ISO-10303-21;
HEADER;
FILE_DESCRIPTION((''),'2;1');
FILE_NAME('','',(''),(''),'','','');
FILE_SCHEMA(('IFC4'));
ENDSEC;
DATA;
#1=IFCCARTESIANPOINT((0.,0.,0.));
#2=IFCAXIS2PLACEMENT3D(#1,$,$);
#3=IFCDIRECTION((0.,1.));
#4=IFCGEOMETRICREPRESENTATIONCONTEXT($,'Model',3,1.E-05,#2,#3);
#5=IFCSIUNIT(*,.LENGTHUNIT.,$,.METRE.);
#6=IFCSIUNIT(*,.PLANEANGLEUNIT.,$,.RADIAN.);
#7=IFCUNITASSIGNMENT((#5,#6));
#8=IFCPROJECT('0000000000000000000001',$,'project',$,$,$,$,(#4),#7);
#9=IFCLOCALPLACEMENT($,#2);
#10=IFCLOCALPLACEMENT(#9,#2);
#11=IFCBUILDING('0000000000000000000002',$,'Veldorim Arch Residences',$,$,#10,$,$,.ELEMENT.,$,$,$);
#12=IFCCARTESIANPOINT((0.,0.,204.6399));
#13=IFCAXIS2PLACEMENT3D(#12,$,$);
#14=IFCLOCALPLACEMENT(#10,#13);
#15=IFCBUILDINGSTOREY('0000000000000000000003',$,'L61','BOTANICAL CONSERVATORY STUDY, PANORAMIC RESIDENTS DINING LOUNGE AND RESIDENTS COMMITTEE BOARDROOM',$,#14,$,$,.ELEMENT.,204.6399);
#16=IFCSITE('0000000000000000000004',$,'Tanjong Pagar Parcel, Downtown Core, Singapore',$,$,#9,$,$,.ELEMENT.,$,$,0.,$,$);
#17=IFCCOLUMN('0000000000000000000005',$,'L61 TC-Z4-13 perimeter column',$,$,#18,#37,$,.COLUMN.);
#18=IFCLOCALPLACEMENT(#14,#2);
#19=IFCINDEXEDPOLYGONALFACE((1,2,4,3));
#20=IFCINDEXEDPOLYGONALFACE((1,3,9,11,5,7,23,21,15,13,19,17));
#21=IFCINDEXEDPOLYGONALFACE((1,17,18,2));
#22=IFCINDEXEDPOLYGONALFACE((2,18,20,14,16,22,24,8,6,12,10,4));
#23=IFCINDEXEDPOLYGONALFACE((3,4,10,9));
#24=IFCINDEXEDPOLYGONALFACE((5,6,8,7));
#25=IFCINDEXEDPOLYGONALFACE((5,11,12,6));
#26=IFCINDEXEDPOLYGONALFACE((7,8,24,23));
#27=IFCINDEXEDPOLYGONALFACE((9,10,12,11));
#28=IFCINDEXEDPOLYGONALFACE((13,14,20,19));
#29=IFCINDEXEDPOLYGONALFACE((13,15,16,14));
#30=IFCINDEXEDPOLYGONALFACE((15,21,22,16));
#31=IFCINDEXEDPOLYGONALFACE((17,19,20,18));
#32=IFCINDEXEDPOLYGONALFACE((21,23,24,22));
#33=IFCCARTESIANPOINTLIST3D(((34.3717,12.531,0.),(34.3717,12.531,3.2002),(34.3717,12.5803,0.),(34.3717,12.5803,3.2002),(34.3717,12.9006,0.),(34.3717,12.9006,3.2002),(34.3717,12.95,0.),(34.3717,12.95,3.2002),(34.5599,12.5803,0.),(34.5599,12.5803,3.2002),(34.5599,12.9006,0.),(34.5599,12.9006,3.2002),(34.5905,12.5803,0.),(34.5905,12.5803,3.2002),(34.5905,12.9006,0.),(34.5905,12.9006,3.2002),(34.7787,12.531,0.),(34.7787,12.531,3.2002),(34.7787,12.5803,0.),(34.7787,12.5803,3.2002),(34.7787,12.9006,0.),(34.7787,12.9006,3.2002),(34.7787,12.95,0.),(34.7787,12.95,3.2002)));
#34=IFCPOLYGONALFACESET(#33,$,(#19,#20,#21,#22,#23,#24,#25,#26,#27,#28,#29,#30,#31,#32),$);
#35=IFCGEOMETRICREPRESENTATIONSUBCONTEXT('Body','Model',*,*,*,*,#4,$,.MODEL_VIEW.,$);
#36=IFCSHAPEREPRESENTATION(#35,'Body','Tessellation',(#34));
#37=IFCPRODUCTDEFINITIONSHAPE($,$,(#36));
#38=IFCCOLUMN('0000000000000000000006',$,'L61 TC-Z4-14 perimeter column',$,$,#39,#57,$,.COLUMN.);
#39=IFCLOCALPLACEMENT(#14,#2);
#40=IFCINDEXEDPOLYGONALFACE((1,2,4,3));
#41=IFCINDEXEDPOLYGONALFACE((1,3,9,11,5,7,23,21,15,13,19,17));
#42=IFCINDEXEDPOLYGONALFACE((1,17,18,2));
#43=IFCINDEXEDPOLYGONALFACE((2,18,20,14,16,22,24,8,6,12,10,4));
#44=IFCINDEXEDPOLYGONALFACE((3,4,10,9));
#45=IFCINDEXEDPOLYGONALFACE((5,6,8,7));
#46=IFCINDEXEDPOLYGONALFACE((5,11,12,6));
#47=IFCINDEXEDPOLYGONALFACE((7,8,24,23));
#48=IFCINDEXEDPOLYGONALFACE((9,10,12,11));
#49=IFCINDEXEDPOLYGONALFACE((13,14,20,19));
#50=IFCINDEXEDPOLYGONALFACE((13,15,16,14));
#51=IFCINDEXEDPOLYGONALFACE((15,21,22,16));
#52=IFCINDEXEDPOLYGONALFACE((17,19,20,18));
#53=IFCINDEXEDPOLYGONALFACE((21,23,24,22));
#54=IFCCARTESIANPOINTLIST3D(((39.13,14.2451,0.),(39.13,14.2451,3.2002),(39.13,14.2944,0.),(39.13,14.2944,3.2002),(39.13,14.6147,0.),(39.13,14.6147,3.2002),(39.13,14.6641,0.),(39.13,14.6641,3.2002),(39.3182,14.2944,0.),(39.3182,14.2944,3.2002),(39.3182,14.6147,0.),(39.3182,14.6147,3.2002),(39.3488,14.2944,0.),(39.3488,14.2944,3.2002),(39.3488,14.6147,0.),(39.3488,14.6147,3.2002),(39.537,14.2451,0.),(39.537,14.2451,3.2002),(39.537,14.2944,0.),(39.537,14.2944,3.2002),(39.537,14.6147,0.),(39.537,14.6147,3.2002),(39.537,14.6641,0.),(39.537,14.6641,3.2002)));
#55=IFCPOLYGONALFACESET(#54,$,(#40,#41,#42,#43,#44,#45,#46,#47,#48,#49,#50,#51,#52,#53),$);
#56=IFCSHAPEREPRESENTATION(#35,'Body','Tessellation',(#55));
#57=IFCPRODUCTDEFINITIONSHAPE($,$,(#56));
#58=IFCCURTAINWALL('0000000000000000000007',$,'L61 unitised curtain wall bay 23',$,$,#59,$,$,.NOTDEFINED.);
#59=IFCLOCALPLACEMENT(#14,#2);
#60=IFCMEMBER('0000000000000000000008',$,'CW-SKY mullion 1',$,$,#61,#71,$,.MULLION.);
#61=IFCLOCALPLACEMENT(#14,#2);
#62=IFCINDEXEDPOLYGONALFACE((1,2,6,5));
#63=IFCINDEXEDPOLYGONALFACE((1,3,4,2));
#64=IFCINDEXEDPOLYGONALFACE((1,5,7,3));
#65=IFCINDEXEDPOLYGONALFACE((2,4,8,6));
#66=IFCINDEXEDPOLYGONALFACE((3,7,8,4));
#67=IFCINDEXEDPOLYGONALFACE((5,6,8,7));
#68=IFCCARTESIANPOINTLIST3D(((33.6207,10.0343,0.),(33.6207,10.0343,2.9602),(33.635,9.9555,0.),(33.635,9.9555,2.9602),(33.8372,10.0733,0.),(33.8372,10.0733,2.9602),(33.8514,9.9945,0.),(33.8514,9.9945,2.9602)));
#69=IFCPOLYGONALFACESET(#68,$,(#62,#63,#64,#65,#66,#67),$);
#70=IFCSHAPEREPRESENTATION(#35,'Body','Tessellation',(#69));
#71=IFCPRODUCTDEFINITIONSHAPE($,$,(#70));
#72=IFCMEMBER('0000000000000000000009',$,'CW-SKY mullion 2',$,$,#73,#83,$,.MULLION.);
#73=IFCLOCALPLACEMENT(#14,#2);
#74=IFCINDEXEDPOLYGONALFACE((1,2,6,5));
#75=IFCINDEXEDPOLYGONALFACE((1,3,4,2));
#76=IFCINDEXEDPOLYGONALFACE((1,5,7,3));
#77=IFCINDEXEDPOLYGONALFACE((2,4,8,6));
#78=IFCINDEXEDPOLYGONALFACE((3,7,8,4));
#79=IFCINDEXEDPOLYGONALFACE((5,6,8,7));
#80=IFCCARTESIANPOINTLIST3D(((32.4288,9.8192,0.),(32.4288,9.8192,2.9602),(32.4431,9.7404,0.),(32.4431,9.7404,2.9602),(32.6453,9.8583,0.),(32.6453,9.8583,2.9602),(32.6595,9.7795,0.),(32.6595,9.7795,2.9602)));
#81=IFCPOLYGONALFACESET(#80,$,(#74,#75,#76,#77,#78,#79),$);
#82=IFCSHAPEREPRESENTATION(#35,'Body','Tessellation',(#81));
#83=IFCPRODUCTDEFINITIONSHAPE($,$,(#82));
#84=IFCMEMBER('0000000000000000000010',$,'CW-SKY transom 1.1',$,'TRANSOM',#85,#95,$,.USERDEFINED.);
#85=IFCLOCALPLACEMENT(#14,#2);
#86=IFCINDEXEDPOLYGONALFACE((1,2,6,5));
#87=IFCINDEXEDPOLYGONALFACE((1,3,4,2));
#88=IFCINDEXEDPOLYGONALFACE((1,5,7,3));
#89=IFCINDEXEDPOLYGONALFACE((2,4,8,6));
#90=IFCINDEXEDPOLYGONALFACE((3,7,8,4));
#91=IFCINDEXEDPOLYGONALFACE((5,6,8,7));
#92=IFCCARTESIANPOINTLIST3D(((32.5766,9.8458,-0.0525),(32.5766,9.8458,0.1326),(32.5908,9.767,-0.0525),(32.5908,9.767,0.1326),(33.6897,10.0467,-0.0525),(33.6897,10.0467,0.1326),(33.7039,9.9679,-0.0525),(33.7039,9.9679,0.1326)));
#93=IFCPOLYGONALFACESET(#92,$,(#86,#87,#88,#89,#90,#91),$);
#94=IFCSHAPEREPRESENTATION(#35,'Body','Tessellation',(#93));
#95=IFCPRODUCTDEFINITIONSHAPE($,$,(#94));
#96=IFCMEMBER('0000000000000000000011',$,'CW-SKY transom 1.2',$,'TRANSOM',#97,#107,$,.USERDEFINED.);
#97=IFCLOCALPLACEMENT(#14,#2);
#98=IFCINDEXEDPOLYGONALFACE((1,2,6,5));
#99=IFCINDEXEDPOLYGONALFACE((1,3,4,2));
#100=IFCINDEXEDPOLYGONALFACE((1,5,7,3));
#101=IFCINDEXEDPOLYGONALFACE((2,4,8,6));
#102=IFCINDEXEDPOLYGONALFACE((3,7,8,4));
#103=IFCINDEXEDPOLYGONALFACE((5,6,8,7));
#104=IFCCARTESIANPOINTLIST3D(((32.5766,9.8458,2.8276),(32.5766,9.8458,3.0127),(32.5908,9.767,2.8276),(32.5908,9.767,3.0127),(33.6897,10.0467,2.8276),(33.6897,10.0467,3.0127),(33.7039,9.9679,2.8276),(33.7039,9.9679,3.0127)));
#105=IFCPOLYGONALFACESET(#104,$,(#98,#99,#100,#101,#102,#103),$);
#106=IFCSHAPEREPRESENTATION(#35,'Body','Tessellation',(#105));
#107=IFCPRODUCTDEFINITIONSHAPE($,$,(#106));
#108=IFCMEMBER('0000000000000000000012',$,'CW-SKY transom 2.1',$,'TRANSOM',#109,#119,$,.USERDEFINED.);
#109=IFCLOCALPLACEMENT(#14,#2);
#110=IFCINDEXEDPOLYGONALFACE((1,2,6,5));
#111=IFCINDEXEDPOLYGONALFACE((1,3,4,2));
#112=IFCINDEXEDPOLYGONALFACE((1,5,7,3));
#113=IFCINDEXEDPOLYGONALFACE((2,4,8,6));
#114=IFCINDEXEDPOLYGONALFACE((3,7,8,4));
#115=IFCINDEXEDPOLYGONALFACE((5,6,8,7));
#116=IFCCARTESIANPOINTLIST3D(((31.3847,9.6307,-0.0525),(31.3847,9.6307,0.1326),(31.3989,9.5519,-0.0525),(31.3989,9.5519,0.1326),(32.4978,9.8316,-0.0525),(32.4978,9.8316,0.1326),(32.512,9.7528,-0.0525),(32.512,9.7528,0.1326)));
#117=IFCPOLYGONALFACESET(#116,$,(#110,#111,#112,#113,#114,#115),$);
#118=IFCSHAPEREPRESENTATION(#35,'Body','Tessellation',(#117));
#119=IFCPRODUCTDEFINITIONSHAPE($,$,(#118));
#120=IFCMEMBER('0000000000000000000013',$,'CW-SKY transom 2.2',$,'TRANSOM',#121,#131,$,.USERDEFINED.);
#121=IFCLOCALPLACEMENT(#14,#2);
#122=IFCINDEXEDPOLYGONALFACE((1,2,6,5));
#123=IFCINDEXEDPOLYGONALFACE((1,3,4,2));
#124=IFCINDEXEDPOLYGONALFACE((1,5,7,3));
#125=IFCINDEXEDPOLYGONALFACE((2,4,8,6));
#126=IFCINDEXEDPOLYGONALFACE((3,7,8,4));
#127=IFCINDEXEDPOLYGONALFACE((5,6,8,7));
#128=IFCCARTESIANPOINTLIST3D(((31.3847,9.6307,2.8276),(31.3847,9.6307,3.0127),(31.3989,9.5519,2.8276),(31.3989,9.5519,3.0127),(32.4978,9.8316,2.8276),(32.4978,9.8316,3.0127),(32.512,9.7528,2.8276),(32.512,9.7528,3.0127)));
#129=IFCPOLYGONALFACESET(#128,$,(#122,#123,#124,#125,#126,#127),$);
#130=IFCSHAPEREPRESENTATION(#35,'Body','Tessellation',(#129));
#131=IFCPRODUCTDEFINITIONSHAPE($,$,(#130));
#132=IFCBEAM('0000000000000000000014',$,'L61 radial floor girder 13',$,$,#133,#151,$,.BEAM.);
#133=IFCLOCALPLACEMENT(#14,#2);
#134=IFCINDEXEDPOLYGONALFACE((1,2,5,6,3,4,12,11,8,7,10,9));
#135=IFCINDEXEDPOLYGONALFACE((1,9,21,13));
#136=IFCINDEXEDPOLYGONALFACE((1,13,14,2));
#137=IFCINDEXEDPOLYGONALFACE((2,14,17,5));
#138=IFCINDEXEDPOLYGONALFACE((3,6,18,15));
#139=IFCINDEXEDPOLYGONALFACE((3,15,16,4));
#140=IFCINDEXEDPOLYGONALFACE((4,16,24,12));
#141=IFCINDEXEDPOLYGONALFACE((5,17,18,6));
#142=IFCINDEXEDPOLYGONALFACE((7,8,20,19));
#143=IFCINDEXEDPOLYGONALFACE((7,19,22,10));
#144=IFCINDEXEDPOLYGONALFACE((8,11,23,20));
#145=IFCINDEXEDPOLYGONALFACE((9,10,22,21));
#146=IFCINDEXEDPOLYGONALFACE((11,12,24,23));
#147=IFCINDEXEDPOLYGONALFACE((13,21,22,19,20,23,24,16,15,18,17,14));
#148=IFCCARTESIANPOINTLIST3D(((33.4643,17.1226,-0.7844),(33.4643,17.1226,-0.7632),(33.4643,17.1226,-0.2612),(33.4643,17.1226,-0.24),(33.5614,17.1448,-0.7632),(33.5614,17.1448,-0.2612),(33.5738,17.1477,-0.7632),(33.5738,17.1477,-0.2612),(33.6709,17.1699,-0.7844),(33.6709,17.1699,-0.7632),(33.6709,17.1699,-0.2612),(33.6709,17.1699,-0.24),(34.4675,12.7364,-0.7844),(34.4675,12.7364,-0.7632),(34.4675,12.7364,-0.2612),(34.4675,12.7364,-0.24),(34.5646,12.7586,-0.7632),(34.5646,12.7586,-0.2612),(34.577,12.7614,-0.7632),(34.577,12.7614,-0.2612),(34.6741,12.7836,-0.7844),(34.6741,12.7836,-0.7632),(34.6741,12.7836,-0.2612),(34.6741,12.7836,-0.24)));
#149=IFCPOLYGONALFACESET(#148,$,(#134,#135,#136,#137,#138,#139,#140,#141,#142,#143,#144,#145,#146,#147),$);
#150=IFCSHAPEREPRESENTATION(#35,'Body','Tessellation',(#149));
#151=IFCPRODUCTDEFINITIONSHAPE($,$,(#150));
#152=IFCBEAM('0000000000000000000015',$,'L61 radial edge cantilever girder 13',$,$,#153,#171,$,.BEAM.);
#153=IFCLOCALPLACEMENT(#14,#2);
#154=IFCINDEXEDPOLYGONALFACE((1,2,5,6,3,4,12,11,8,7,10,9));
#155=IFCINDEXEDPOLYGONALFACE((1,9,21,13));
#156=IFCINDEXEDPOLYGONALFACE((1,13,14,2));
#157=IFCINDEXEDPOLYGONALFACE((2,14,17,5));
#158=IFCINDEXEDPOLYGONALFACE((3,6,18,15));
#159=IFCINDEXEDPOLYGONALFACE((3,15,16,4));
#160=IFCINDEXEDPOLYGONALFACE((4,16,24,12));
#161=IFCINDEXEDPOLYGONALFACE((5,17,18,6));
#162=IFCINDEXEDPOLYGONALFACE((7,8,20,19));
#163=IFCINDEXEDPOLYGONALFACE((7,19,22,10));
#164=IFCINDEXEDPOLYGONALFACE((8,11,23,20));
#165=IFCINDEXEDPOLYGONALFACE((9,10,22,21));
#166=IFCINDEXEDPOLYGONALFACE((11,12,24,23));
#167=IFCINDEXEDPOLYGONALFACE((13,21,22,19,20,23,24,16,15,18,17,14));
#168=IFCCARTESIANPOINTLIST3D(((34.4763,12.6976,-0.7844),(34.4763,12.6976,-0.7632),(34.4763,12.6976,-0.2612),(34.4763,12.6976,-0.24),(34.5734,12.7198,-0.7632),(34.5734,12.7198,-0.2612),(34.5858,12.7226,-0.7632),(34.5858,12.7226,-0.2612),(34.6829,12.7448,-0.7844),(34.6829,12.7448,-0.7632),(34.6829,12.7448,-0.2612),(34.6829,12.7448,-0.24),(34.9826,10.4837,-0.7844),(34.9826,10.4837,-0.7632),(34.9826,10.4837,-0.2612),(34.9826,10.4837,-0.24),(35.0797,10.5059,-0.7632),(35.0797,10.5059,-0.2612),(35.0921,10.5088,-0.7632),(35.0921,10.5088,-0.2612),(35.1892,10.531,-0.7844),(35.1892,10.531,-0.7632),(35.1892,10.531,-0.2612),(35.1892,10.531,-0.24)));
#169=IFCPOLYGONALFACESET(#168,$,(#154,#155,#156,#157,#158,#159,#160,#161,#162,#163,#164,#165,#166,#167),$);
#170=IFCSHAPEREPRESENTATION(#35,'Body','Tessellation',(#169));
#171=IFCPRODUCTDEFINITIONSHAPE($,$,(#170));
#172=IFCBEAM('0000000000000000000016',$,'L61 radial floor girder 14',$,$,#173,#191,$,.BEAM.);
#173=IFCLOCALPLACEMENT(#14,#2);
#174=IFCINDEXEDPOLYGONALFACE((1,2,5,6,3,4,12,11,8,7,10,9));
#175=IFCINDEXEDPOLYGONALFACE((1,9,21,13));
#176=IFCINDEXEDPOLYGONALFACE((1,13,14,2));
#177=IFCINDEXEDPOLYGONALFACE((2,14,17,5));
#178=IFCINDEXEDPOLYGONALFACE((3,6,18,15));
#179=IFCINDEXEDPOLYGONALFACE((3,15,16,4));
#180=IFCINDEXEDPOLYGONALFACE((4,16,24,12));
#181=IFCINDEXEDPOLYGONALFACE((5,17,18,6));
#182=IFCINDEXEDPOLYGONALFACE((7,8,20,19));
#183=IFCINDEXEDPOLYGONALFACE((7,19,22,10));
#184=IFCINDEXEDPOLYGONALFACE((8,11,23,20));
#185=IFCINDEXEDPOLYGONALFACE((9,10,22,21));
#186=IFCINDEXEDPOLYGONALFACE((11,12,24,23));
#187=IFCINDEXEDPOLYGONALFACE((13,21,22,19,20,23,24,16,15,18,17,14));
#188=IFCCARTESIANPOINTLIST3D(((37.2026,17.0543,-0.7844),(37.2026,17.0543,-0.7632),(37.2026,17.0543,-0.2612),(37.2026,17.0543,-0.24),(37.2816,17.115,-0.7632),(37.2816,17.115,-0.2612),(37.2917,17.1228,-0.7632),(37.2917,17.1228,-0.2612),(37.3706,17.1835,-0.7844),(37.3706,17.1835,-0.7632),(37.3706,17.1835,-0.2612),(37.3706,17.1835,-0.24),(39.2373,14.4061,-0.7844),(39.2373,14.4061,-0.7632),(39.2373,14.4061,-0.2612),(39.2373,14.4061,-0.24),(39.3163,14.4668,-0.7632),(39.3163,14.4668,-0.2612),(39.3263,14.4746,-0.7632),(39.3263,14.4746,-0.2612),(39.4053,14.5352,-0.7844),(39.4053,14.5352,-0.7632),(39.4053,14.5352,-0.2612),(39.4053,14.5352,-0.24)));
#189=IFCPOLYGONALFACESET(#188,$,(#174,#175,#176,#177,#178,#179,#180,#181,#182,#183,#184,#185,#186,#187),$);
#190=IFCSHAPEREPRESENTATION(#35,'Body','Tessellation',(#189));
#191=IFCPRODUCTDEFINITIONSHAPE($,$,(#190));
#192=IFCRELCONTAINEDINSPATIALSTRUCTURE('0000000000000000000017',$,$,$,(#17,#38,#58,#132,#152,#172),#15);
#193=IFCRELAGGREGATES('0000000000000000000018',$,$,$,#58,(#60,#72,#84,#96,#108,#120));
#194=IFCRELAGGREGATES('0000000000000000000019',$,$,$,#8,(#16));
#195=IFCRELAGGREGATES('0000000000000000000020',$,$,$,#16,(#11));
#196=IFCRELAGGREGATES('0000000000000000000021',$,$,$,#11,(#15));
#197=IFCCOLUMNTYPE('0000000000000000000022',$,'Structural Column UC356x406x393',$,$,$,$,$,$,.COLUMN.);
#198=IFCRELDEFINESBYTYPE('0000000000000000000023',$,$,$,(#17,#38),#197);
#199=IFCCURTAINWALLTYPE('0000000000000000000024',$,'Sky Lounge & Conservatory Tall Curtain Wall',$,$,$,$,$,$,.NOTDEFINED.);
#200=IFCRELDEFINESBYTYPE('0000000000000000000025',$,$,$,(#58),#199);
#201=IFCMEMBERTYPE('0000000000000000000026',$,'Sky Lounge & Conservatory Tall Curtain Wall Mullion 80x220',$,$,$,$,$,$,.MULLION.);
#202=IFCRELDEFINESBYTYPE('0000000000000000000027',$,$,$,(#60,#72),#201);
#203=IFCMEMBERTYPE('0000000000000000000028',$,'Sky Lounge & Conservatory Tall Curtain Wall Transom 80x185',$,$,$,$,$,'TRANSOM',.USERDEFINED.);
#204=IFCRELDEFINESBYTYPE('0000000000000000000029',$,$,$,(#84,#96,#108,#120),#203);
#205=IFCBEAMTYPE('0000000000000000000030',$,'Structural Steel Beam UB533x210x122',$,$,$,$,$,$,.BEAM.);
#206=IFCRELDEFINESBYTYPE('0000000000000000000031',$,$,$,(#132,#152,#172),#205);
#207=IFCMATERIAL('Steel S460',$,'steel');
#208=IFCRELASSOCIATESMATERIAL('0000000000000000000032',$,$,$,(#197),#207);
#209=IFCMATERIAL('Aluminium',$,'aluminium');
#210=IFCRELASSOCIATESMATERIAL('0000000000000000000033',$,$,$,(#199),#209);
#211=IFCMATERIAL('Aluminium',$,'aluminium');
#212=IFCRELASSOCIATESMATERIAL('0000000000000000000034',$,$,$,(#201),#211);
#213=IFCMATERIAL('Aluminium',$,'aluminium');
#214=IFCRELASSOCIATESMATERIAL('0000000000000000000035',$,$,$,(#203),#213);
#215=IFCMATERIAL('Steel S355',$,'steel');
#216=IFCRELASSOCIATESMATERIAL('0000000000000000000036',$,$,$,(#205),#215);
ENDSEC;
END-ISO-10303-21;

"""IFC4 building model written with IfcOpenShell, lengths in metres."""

from ifc_helpers import new_model, si_unit, direction, frame, origin, origin_2d, place, context, subcontext, project, spatial, rectangle, i_section, extrude, material, material_profile, profile_set, type_object, element, aggregate, save


model = new_model("IFC4")

# Units and contexts
model_context = context("Model", 3, precision=1e-05, world=origin(), true_north=direction((0.0, 1.0)))
body_context = subcontext(model_context, "Body", "Model", "MODEL_VIEW")
ifc_project = project(units=[si_unit("LENGTHUNIT", "METRE"), si_unit("PLANEANGLEUNIT", "RADIAN")], contexts=[model_context])

# Site, building, storey
site_placement = place(None, origin())
site = spatial("IfcSite", under=ifc_project, at=site_placement, Name="Tanjong Pagar Parcel, Downtown Core, Singapore", CompositionType="ELEMENT", RefElevation=0.0)
building_placement = place(site_placement, origin())
building = spatial("IfcBuilding", under=site, at=building_placement, Name="Veldorim Arch Residences", CompositionType="ELEMENT")
storey_placement = place(building_placement, frame((0.0, 0.0, 204.6399)))
storey = spatial("IfcBuildingStorey", under=building, at=storey_placement, Name="L61", Description="BOTANICAL CONSERVATORY STUDY, PANORAMIC RESIDENTS DINING LOUNGE AND RESIDENTS COMMITTEE BOARDROOM", CompositionType="ELEMENT", Elevation=204.6399)

# Columns
ifc_material_1 = material(Name="Steel S460", Category="steel")
ifc_material_profile_1 = material_profile(ifc_material_1, i_section(OverallWidth=0.407, OverallDepth=0.4189, WebThickness=0.0305, FlangeThickness=0.0493, at=origin_2d()), Name="UC356x406x393")
ifc_profile_set_1 = profile_set([ifc_material_profile_1], Name="Steel S460")
column_type = type_object("IfcColumnType", Name="Structural Column UC356x406x393", PredefinedType="COLUMN", material=ifc_profile_set_1)
for number, where, z_axis, x_axis, name in (
    (1, (34.5752, 12.7405, 0.0), (0.0, 0.0, 1.0), (1.0, 0.0, 0.0), "L61 TC-Z4-13 perimeter column"),
    (2, (39.3335, 14.4546, 0.0), (0.0, 0.0, 1.0), (1.0, 0.0, 0.0), "L61 TC-Z4-14 perimeter column"),
):
    element("IfcColumn", number, at=place(storey_placement, frame(where, z_axis=z_axis, x_axis=x_axis)), inside=storey, type_object=column_type, Name=name, PredefinedType="COLUMN", context=body_context, shape_type="SweptSolid", body=[
        extrude(i_section(OverallWidth=0.407, OverallDepth=0.4189, WebThickness=0.0305, FlangeThickness=0.0493, at=origin_2d()), origin(), (0.0, 0.0, 1.0), 3.2002),
    ])

# Curtain wall, members
ifc_material_2 = material(Name="Aluminium", Category="aluminium")
curtain_wall_type = type_object("IfcCurtainWallType", Name="Sky Lounge & Conservatory Tall Curtain Wall", PredefinedType="NOTDEFINED", material=ifc_material_2)
curtain_wall_placement = place(storey_placement, origin())
curtain_wall = element("IfcCurtainWall", 3, at=curtain_wall_placement, inside=storey, type_object=curtain_wall_type, Name="L61 unitised curtain wall bay 23", PredefinedType="NOTDEFINED")
ifc_material_3 = material(Name="Aluminium", Category="aluminium")
ifc_material_profile_2 = material_profile(ifc_material_3, rectangle(XDim=0.0801, YDim=0.22, at=origin_2d()), Name="ALU_MUL_80x220")
ifc_profile_set_2 = profile_set([ifc_material_profile_2], Name="Aluminium")
member_type_1 = type_object("IfcMemberType", Name="Sky Lounge & Conservatory Tall Curtain Wall Mullion 80x220", PredefinedType="MULLION", material=ifc_profile_set_2)
member_1_placement = place(storey_placement, frame((33.7361, 10.0144, 0.0), z_axis=(0.0, 0.0, 1.0), x_axis=(0.177683, -0.984088, 0.0)))
member_1 = element("IfcMember", 4, at=member_1_placement, type_object=member_type_1, Name="CW-SKY mullion 1", PredefinedType="MULLION", context=body_context, shape_type="SweptSolid", body=[
    extrude(rectangle(XDim=0.0801, YDim=0.22, at=origin_2d()), origin(), (0.0, 0.0, 1.0), 2.9602),
])
member_2_placement = place(storey_placement, frame((32.5442, 9.7993, 0.0), z_axis=(0.0, 0.0, 1.0), x_axis=(0.177683, -0.984088, 0.0)))
member_2 = element("IfcMember", 5, at=member_2_placement, type_object=member_type_1, Name="CW-SKY mullion 2", PredefinedType="MULLION", context=body_context, shape_type="SweptSolid", body=[
    extrude(rectangle(XDim=0.0801, YDim=0.22, at=origin_2d()), origin(), (0.0, 0.0, 1.0), 2.9602),
])
ifc_material_4 = material(Name="Aluminium", Category="aluminium")
ifc_material_profile_3 = material_profile(ifc_material_4, rectangle(XDim=0.0801, YDim=0.1851, at=origin_2d()), Name="ALU_TRN_80x185")
ifc_profile_set_3 = profile_set([ifc_material_profile_3], Name="Aluminium")
member_type_2 = type_object("IfcMemberType", Name="Sky Lounge & Conservatory Tall Curtain Wall Transom 80x185", ElementType="TRANSOM", PredefinedType="USERDEFINED", material=ifc_profile_set_3)
member_3_placement = place(storey_placement, frame((33.6968, 10.0073, 0.04), z_axis=(-0.984094, -0.177651, 0.0), x_axis=(0.177651, -0.984094, 0.0)))
member_3 = element("IfcMember", 6, at=member_3_placement, type_object=member_type_2, Name="CW-SKY transom 1.1", ObjectType="TRANSOM", PredefinedType="USERDEFINED", context=body_context, shape_type="SweptSolid", body=[
    extrude(rectangle(XDim=0.0801, YDim=0.1851, at=origin_2d()), origin(), (0.0, 0.0, 1.0), 1.1311),
])
member_4_placement = place(storey_placement, frame((33.6968, 10.0073, 2.9202), z_axis=(-0.984094, -0.177651, 0.0), x_axis=(0.177651, -0.984094, 0.0)))
member_4 = element("IfcMember", 7, at=member_4_placement, type_object=member_type_2, Name="CW-SKY transom 1.2", ObjectType="TRANSOM", PredefinedType="USERDEFINED", context=body_context, shape_type="SweptSolid", body=[
    extrude(rectangle(XDim=0.0801, YDim=0.1851, at=origin_2d()), origin(), (0.0, 0.0, 1.0), 1.1311),
])
member_5_placement = place(storey_placement, frame((32.5049, 9.7922, 0.04), z_axis=(-0.984094, -0.177651, 0.0), x_axis=(0.177651, -0.984094, 0.0)))
member_5 = element("IfcMember", 8, at=member_5_placement, type_object=member_type_2, Name="CW-SKY transom 2.1", ObjectType="TRANSOM", PredefinedType="USERDEFINED", context=body_context, shape_type="SweptSolid", body=[
    extrude(rectangle(XDim=0.0801, YDim=0.1851, at=origin_2d()), origin(), (0.0, 0.0, 1.0), 1.1311),
])
member_6_placement = place(storey_placement, frame((32.5049, 9.7922, 2.9202), z_axis=(-0.984094, -0.177651, 0.0), x_axis=(0.177651, -0.984094, 0.0)))
member_6 = element("IfcMember", 9, at=member_6_placement, type_object=member_type_2, Name="CW-SKY transom 2.2", ObjectType="TRANSOM", PredefinedType="USERDEFINED", context=body_context, shape_type="SweptSolid", body=[
    extrude(rectangle(XDim=0.0801, YDim=0.1851, at=origin_2d()), origin(), (0.0, 0.0, 1.0), 1.1311),
])

# Beams
ifc_material_5 = material(Name="Steel S355", Category="steel")
ifc_material_profile_4 = material_profile(ifc_material_5, i_section(OverallWidth=0.2119, OverallDepth=0.5444, WebThickness=0.0127, FlangeThickness=0.0212, at=origin_2d()), Name="UB533x210x122")
ifc_profile_set_4 = profile_set([ifc_material_profile_4], Name="Steel S355")
beam_type_1 = type_object("IfcBeamType", Name="Structural Steel Beam UB533x210x122", PredefinedType="BEAM", material=ifc_profile_set_4)
beam_1_placement = place(storey_placement, frame((33.5676, 17.1462, -0.5122), z_axis=(0.222953, -0.974829, 0.0), x_axis=(0.974829, 0.222953, 0.0)))
element("IfcBeam", 10, at=beam_1_placement, inside=storey, type_object=beam_type_1, Name="L61 radial floor girder 13", PredefinedType="BEAM", context=body_context, shape_type="SweptSolid", body=[
    extrude(i_section(OverallWidth=0.2119, OverallDepth=0.5444, WebThickness=0.0127, FlangeThickness=0.0212, at=origin_2d()), origin(), (0.0, 0.0, 1.0), 4.4995),
])
beam_2_placement = place(storey_placement, frame((34.5796, 12.7212, -0.5122), z_axis=(0.222959, -0.974828, 0.0), x_axis=(0.974828, 0.222959, 0.0)))
element("IfcBeam", 11, at=beam_2_placement, inside=storey, type_object=beam_type_1, Name="L61 radial edge cantilever girder 13", PredefinedType="BEAM", context=body_context, shape_type="SweptSolid", body=[
    extrude(i_section(OverallWidth=0.2119, OverallDepth=0.5444, WebThickness=0.0127, FlangeThickness=0.0212, at=origin_2d()), origin(), (0.0, 0.0, 1.0), 2.271),
])
beam_3_placement = place(storey_placement, frame((37.2866, 17.1189, -0.5122), z_axis=(0.609258, -0.792972, 0.0), x_axis=(0.792972, 0.609258, 0.0)))
element("IfcBeam", 12, at=beam_3_placement, inside=storey, type_object=beam_type_1, Name="L61 radial floor girder 14", PredefinedType="BEAM", context=body_context, shape_type="SweptSolid", body=[
    extrude(i_section(OverallWidth=0.2119, OverallDepth=0.5444, WebThickness=0.0127, FlangeThickness=0.0212, at=origin_2d()), origin(), (0.0, 0.0, 1.0), 3.3396),
])

aggregate(curtain_wall, [member_1, member_2, member_3, member_4, member_5, member_6])

save(model, "model.ifc")
